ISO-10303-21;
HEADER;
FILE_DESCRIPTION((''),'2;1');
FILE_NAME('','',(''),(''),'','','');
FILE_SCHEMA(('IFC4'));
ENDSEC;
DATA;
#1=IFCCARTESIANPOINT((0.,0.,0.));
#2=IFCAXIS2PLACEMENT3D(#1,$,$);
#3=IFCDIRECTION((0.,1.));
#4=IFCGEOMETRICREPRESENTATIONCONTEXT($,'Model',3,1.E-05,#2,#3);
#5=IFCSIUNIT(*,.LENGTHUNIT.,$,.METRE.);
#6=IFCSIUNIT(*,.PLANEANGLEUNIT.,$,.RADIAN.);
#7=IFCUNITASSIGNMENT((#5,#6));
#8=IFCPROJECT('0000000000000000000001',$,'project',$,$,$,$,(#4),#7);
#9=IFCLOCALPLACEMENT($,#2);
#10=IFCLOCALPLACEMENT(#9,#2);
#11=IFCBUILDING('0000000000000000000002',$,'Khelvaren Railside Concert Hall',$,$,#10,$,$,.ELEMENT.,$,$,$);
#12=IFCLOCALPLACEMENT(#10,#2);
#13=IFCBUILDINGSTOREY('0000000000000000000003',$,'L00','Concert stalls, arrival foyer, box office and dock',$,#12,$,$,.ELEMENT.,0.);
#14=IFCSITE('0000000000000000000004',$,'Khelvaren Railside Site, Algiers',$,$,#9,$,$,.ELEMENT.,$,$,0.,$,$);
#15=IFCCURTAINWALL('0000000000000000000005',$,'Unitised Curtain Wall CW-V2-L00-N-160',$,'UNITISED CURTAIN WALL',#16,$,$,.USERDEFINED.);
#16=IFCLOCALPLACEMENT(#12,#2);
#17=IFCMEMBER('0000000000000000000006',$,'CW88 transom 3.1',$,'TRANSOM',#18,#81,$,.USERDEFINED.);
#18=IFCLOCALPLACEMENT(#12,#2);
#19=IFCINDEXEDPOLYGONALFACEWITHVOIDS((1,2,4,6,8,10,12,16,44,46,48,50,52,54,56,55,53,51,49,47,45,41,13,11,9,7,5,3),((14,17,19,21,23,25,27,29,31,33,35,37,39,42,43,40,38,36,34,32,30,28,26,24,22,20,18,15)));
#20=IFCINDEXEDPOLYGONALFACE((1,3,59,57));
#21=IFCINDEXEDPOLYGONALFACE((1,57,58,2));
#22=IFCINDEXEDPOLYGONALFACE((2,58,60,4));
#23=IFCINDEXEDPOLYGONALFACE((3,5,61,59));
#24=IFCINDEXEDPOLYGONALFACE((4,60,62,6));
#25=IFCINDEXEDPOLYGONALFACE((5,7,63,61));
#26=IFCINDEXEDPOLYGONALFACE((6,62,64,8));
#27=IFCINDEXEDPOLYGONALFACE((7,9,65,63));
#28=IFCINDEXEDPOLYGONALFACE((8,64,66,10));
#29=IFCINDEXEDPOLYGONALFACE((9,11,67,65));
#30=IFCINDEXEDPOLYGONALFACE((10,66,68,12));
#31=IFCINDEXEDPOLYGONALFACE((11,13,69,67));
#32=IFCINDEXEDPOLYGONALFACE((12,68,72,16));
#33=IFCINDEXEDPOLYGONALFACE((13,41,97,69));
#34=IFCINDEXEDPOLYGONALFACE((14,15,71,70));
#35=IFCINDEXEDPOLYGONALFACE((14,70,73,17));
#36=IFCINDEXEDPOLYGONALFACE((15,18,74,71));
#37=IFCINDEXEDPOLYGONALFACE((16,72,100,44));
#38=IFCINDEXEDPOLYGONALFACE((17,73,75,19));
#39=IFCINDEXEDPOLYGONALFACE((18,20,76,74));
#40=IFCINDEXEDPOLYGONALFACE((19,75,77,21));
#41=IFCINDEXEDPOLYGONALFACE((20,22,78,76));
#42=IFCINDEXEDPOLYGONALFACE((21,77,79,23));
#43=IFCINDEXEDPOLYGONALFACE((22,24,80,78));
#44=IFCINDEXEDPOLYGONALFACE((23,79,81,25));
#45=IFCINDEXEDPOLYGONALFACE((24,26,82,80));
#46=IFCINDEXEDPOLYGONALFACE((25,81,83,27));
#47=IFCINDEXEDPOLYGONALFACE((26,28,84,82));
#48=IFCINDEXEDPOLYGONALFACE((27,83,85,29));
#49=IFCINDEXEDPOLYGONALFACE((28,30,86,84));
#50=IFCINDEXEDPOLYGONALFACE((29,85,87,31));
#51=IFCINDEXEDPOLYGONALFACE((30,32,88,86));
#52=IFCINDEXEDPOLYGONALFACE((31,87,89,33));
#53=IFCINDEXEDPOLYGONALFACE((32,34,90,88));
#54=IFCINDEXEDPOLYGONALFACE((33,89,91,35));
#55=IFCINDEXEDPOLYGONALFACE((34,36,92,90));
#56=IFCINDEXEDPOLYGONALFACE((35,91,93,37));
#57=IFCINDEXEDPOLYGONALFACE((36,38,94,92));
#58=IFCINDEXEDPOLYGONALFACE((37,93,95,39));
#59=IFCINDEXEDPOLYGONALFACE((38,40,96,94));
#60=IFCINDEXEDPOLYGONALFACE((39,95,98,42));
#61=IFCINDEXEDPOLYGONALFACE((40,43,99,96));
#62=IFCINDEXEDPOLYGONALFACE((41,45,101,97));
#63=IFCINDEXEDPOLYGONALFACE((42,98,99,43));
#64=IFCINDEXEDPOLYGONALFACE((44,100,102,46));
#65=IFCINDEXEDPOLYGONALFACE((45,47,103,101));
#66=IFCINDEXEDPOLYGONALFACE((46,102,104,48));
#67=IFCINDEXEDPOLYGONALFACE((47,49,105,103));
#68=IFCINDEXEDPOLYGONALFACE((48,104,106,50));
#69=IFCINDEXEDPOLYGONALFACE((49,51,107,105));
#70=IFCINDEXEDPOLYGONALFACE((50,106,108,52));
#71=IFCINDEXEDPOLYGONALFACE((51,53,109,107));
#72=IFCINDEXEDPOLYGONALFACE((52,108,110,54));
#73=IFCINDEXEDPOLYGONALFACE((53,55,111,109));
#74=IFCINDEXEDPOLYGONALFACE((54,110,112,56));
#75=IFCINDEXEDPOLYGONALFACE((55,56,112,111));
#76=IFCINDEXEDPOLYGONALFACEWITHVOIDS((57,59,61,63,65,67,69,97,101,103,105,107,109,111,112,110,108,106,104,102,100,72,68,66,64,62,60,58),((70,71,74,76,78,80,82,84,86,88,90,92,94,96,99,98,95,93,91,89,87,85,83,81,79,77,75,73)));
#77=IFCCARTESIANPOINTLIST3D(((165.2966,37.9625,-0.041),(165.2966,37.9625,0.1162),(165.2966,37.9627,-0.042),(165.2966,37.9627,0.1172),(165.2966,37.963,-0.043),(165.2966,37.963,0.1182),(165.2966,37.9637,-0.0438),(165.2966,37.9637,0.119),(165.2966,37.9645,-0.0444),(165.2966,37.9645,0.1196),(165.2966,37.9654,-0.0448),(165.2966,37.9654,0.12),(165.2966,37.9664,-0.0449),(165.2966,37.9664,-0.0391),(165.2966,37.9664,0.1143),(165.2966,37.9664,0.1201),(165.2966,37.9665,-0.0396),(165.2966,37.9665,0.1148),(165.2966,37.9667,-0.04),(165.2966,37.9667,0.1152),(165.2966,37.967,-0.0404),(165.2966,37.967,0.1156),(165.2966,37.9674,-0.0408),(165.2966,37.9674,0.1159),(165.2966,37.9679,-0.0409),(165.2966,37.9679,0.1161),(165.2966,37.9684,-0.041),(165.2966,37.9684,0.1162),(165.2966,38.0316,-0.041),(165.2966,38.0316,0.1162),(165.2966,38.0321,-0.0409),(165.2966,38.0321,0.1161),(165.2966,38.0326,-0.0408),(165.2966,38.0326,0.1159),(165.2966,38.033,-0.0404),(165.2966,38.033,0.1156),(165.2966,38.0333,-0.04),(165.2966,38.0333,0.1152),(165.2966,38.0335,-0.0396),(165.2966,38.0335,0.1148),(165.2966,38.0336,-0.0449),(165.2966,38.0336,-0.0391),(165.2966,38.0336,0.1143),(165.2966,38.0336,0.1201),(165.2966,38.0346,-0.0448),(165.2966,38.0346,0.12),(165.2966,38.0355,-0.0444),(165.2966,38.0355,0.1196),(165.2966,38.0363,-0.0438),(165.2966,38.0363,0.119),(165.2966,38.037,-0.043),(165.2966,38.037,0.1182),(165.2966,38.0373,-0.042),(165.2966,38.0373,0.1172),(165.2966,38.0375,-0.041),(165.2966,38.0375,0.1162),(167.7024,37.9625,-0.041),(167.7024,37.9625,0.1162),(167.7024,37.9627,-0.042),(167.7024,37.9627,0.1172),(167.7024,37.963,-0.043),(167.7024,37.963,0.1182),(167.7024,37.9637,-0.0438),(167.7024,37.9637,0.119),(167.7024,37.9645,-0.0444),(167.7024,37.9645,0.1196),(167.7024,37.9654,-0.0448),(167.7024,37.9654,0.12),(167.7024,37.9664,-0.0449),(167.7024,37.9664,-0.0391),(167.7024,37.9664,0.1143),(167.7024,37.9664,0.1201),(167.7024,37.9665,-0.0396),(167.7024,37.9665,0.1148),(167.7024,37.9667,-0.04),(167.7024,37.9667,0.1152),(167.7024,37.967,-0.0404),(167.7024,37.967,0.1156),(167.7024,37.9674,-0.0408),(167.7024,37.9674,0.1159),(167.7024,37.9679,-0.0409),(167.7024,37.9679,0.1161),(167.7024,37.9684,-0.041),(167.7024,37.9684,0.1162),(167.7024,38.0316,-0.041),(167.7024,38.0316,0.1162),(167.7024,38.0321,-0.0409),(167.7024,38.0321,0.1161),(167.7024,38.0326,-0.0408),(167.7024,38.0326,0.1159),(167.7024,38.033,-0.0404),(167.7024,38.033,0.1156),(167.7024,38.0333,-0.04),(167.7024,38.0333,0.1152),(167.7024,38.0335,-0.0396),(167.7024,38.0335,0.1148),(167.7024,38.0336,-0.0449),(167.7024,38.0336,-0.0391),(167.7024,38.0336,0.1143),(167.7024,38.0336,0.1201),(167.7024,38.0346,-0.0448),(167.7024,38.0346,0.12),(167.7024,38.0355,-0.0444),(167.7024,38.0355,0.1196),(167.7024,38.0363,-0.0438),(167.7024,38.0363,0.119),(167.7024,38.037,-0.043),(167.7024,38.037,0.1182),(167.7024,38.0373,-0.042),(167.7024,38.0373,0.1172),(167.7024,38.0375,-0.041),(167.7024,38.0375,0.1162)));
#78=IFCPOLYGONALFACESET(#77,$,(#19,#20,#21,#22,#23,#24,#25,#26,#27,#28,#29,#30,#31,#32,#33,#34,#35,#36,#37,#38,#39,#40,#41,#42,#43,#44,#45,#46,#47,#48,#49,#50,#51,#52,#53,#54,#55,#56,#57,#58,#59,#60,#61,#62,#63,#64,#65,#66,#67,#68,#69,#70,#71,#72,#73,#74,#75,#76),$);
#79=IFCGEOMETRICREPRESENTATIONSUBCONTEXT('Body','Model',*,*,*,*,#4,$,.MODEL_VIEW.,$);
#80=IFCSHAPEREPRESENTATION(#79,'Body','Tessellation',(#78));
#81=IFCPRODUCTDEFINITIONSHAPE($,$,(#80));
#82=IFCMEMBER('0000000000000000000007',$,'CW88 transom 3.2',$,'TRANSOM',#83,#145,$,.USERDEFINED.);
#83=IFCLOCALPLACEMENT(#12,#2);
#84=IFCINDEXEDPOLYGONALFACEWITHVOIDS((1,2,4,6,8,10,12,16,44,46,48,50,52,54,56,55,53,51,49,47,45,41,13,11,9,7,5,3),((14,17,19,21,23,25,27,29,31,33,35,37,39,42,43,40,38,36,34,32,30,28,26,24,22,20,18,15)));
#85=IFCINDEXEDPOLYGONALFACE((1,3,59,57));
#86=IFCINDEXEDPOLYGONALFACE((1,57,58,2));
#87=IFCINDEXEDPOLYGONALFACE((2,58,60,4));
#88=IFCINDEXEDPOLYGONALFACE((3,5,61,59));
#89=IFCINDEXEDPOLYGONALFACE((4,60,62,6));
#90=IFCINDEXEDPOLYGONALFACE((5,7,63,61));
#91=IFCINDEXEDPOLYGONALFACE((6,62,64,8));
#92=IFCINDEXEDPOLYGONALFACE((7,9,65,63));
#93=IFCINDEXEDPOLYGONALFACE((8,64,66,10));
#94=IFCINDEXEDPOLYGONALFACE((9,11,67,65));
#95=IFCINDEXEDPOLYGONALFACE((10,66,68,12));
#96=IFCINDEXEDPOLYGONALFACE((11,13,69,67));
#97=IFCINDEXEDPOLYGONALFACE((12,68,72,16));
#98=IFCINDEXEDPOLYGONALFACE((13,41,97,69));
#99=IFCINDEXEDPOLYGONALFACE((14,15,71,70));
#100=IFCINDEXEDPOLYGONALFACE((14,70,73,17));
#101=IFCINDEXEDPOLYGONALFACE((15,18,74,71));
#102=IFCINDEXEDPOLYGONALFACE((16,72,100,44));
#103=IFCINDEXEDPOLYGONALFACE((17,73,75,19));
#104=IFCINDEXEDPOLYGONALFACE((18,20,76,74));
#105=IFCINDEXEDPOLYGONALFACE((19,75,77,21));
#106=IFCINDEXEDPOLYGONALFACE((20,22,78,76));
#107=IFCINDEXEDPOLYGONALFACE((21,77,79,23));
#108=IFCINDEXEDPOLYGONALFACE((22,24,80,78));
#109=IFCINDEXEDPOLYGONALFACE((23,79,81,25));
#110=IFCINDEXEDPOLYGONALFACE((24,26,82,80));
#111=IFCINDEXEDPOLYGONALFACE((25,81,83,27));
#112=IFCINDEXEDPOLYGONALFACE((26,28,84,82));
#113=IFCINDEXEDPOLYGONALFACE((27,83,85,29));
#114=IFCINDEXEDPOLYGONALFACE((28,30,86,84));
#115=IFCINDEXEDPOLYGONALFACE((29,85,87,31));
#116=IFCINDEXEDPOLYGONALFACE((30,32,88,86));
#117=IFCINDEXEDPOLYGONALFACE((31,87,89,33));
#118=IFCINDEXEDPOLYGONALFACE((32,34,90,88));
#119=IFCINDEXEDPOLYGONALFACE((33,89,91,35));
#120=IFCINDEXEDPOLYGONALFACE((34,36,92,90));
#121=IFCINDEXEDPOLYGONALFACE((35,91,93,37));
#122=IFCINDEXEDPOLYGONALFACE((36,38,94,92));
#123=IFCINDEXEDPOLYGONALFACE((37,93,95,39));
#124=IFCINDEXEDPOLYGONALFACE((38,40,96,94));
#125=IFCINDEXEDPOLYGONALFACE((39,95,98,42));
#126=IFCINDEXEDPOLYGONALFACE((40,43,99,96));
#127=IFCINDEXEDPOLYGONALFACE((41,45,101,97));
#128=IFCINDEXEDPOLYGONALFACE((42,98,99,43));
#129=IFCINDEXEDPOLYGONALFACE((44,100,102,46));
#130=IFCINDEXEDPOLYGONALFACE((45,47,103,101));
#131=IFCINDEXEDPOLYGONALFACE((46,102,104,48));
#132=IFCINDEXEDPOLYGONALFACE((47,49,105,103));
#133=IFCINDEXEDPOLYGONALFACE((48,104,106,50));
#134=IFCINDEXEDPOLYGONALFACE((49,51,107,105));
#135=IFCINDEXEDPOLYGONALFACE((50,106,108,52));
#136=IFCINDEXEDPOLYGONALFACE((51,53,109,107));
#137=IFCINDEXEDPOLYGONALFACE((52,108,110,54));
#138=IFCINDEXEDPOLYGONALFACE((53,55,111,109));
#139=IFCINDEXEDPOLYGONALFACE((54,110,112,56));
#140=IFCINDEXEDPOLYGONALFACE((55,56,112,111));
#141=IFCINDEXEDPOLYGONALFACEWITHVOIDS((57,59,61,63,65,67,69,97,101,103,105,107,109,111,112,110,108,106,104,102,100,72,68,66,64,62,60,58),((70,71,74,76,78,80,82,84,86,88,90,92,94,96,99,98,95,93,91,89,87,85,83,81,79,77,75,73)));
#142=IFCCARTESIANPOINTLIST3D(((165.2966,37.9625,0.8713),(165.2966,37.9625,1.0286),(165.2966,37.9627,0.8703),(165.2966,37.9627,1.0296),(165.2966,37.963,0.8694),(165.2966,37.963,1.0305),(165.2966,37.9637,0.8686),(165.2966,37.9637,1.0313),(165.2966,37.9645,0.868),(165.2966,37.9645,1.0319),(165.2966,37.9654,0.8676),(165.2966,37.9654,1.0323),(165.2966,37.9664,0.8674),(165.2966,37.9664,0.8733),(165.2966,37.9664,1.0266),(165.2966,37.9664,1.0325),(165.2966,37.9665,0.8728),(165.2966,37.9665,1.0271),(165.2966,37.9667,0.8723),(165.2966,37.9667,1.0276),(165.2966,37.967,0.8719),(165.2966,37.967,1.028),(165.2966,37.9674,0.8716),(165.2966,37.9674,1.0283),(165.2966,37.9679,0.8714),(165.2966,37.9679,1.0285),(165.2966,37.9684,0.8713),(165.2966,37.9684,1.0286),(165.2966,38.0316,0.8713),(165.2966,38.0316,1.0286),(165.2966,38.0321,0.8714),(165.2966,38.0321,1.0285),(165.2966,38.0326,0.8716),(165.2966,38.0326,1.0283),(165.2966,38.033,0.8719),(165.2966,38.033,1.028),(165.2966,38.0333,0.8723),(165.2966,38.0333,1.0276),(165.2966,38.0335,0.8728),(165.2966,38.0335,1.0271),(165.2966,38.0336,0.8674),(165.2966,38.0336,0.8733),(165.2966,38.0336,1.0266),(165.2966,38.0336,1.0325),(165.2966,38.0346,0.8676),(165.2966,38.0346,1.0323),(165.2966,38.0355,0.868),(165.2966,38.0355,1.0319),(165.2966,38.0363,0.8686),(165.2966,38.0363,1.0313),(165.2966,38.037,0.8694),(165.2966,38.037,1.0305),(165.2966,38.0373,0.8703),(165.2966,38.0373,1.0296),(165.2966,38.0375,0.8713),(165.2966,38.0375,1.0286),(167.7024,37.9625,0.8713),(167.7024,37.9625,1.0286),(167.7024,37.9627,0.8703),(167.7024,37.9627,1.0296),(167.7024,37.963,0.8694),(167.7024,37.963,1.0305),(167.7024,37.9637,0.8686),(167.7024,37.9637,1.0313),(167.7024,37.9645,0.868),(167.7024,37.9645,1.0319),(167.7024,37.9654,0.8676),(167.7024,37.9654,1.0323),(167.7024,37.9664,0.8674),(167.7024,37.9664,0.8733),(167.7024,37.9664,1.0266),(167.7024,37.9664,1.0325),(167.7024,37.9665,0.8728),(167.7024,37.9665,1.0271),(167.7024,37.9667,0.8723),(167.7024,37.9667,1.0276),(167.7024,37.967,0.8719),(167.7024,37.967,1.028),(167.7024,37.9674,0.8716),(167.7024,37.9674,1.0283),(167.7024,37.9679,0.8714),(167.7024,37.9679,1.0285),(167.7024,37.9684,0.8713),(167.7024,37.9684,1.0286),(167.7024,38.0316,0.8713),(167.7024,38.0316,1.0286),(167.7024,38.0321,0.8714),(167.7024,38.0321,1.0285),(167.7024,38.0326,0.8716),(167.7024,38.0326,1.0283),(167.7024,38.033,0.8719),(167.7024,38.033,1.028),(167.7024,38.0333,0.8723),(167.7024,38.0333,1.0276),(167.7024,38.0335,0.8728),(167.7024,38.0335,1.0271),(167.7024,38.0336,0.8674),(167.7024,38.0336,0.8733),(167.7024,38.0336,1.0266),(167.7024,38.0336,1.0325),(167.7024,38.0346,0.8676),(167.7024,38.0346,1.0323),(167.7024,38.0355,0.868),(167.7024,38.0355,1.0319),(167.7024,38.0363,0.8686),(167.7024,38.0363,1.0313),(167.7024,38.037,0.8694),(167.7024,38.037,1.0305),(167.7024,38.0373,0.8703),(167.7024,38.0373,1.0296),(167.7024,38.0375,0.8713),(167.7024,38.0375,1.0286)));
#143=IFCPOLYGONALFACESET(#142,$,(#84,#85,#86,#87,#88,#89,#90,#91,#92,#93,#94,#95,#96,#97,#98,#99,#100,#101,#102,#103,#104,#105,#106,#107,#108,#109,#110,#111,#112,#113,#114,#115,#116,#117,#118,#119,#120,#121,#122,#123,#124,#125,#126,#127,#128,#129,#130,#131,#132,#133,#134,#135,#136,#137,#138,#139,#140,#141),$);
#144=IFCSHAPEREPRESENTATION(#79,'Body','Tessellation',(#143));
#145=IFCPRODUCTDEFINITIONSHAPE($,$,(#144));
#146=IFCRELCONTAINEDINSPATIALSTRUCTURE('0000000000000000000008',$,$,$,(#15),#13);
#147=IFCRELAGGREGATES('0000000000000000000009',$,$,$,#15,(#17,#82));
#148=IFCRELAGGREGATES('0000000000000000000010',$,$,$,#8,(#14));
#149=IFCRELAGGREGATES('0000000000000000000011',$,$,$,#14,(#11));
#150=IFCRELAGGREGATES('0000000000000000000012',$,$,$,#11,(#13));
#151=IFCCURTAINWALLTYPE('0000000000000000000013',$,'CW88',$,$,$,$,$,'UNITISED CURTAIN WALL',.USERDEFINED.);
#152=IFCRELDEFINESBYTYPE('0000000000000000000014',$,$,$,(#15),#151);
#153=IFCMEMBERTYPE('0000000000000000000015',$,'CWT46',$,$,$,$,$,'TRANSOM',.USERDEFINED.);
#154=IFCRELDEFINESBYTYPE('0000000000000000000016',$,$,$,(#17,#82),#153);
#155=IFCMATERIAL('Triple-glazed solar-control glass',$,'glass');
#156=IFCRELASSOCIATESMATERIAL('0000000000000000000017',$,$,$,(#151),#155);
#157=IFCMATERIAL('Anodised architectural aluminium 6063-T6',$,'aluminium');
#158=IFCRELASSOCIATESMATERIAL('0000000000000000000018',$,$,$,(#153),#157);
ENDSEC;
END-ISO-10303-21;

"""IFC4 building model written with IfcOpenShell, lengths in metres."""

from ifc_helpers import new_model, si_unit, direction, frame, origin, origin_2d, place, context, subcontext, project, spatial, hollow_rectangle, extrude, material, material_profile, profile_set, type_object, element, aggregate, save


model = new_model("IFC4")

# Units and contexts
model_context = context("Model", 3, precision=1e-05, world=origin(), true_north=direction((0.0, 1.0)))
body_context = subcontext(model_context, "Body", "Model", "MODEL_VIEW")
ifc_project = project(units=[si_unit("LENGTHUNIT", "METRE"), si_unit("PLANEANGLEUNIT", "RADIAN")], contexts=[model_context])

# Site, building, storey
site_placement = place(None, origin())
site = spatial("IfcSite", under=ifc_project, at=site_placement, Name="Khelvaren Railside Site, Algiers", CompositionType="ELEMENT", RefElevation=0.0)
building_placement = place(site_placement, origin())
building = spatial("IfcBuilding", under=site, at=building_placement, Name="Khelvaren Railside Concert Hall", CompositionType="ELEMENT")
storey_placement = place(building_placement, origin())
storey = spatial("IfcBuildingStorey", under=building, at=storey_placement, Name="L00", Description="Concert stalls, arrival foyer, box office and dock", CompositionType="ELEMENT", Elevation=0.0)

# Curtain wall
ifc_material_1 = material(Name="Triple-glazed solar-control glass", Category="glass")
curtain_wall_type_1 = type_object("IfcCurtainWallType", Name="CW88", ElementType="UNITISED CURTAIN WALL", PredefinedType="USERDEFINED", material=ifc_material_1)
curtain_wall_1_placement = place(storey_placement, origin())
curtain_wall_1 = element("IfcCurtainWall", 1, at=curtain_wall_1_placement, inside=storey, type_object=curtain_wall_type_1, Name="Unitised Curtain Wall CW-V2-L00-N-160", ObjectType="UNITISED CURTAIN WALL", PredefinedType="USERDEFINED")
ifc_material_2 = material(Name="Anodised architectural aluminium 6063-T6", Category="aluminium")

# Members
ifc_material_profile_1 = material_profile(ifc_material_2, hollow_rectangle(XDim=0.075, YDim=0.165, WallThickness=0.0039, InnerFilletRadius=0.002, OuterFilletRadius=0.0039, at=origin_2d()), Name="CWT 75x165x4")
ifc_profile_set_1 = profile_set([ifc_material_profile_1], Name="Anodised architectural aluminium 6063-T6")
member_type_1 = type_object("IfcMemberType", Name="CWT46", ElementType="TRANSOM", PredefinedType="USERDEFINED", material=ifc_profile_set_1)
member_1_placement = place(storey_placement, frame((165.2966, 38.0, 0.0376), z_axis=(1.0, 0.0, 0.0), x_axis=(0.0, 1.0, 0.0)))
member_1 = element("IfcMember", 2, at=member_1_placement, type_object=member_type_1, Name="CW88 transom 3.1", ObjectType="TRANSOM", PredefinedType="USERDEFINED", context=body_context, shape_type="SweptSolid", body=[
    extrude(hollow_rectangle(XDim=0.075, YDim=0.165, WallThickness=0.0039, InnerFilletRadius=0.002, OuterFilletRadius=0.0039, at=origin_2d()), origin(), (0.0, 0.0, 1.0), 2.4058),
])
member_2_placement = place(storey_placement, frame((165.2966, 38.0, 0.95), z_axis=(1.0, 0.0, 0.0), x_axis=(0.0, 1.0, 0.0)))
member_2 = element("IfcMember", 3, at=member_2_placement, type_object=member_type_1, Name="CW88 transom 3.2", ObjectType="TRANSOM", PredefinedType="USERDEFINED", context=body_context, shape_type="SweptSolid", body=[
    extrude(hollow_rectangle(XDim=0.075, YDim=0.165, WallThickness=0.0039, InnerFilletRadius=0.002, OuterFilletRadius=0.0039, at=origin_2d()), origin(), (0.0, 0.0, 1.0), 2.4058),
])

aggregate(curtain_wall_1, [member_1, member_2])

save(model, "model.ifc")
